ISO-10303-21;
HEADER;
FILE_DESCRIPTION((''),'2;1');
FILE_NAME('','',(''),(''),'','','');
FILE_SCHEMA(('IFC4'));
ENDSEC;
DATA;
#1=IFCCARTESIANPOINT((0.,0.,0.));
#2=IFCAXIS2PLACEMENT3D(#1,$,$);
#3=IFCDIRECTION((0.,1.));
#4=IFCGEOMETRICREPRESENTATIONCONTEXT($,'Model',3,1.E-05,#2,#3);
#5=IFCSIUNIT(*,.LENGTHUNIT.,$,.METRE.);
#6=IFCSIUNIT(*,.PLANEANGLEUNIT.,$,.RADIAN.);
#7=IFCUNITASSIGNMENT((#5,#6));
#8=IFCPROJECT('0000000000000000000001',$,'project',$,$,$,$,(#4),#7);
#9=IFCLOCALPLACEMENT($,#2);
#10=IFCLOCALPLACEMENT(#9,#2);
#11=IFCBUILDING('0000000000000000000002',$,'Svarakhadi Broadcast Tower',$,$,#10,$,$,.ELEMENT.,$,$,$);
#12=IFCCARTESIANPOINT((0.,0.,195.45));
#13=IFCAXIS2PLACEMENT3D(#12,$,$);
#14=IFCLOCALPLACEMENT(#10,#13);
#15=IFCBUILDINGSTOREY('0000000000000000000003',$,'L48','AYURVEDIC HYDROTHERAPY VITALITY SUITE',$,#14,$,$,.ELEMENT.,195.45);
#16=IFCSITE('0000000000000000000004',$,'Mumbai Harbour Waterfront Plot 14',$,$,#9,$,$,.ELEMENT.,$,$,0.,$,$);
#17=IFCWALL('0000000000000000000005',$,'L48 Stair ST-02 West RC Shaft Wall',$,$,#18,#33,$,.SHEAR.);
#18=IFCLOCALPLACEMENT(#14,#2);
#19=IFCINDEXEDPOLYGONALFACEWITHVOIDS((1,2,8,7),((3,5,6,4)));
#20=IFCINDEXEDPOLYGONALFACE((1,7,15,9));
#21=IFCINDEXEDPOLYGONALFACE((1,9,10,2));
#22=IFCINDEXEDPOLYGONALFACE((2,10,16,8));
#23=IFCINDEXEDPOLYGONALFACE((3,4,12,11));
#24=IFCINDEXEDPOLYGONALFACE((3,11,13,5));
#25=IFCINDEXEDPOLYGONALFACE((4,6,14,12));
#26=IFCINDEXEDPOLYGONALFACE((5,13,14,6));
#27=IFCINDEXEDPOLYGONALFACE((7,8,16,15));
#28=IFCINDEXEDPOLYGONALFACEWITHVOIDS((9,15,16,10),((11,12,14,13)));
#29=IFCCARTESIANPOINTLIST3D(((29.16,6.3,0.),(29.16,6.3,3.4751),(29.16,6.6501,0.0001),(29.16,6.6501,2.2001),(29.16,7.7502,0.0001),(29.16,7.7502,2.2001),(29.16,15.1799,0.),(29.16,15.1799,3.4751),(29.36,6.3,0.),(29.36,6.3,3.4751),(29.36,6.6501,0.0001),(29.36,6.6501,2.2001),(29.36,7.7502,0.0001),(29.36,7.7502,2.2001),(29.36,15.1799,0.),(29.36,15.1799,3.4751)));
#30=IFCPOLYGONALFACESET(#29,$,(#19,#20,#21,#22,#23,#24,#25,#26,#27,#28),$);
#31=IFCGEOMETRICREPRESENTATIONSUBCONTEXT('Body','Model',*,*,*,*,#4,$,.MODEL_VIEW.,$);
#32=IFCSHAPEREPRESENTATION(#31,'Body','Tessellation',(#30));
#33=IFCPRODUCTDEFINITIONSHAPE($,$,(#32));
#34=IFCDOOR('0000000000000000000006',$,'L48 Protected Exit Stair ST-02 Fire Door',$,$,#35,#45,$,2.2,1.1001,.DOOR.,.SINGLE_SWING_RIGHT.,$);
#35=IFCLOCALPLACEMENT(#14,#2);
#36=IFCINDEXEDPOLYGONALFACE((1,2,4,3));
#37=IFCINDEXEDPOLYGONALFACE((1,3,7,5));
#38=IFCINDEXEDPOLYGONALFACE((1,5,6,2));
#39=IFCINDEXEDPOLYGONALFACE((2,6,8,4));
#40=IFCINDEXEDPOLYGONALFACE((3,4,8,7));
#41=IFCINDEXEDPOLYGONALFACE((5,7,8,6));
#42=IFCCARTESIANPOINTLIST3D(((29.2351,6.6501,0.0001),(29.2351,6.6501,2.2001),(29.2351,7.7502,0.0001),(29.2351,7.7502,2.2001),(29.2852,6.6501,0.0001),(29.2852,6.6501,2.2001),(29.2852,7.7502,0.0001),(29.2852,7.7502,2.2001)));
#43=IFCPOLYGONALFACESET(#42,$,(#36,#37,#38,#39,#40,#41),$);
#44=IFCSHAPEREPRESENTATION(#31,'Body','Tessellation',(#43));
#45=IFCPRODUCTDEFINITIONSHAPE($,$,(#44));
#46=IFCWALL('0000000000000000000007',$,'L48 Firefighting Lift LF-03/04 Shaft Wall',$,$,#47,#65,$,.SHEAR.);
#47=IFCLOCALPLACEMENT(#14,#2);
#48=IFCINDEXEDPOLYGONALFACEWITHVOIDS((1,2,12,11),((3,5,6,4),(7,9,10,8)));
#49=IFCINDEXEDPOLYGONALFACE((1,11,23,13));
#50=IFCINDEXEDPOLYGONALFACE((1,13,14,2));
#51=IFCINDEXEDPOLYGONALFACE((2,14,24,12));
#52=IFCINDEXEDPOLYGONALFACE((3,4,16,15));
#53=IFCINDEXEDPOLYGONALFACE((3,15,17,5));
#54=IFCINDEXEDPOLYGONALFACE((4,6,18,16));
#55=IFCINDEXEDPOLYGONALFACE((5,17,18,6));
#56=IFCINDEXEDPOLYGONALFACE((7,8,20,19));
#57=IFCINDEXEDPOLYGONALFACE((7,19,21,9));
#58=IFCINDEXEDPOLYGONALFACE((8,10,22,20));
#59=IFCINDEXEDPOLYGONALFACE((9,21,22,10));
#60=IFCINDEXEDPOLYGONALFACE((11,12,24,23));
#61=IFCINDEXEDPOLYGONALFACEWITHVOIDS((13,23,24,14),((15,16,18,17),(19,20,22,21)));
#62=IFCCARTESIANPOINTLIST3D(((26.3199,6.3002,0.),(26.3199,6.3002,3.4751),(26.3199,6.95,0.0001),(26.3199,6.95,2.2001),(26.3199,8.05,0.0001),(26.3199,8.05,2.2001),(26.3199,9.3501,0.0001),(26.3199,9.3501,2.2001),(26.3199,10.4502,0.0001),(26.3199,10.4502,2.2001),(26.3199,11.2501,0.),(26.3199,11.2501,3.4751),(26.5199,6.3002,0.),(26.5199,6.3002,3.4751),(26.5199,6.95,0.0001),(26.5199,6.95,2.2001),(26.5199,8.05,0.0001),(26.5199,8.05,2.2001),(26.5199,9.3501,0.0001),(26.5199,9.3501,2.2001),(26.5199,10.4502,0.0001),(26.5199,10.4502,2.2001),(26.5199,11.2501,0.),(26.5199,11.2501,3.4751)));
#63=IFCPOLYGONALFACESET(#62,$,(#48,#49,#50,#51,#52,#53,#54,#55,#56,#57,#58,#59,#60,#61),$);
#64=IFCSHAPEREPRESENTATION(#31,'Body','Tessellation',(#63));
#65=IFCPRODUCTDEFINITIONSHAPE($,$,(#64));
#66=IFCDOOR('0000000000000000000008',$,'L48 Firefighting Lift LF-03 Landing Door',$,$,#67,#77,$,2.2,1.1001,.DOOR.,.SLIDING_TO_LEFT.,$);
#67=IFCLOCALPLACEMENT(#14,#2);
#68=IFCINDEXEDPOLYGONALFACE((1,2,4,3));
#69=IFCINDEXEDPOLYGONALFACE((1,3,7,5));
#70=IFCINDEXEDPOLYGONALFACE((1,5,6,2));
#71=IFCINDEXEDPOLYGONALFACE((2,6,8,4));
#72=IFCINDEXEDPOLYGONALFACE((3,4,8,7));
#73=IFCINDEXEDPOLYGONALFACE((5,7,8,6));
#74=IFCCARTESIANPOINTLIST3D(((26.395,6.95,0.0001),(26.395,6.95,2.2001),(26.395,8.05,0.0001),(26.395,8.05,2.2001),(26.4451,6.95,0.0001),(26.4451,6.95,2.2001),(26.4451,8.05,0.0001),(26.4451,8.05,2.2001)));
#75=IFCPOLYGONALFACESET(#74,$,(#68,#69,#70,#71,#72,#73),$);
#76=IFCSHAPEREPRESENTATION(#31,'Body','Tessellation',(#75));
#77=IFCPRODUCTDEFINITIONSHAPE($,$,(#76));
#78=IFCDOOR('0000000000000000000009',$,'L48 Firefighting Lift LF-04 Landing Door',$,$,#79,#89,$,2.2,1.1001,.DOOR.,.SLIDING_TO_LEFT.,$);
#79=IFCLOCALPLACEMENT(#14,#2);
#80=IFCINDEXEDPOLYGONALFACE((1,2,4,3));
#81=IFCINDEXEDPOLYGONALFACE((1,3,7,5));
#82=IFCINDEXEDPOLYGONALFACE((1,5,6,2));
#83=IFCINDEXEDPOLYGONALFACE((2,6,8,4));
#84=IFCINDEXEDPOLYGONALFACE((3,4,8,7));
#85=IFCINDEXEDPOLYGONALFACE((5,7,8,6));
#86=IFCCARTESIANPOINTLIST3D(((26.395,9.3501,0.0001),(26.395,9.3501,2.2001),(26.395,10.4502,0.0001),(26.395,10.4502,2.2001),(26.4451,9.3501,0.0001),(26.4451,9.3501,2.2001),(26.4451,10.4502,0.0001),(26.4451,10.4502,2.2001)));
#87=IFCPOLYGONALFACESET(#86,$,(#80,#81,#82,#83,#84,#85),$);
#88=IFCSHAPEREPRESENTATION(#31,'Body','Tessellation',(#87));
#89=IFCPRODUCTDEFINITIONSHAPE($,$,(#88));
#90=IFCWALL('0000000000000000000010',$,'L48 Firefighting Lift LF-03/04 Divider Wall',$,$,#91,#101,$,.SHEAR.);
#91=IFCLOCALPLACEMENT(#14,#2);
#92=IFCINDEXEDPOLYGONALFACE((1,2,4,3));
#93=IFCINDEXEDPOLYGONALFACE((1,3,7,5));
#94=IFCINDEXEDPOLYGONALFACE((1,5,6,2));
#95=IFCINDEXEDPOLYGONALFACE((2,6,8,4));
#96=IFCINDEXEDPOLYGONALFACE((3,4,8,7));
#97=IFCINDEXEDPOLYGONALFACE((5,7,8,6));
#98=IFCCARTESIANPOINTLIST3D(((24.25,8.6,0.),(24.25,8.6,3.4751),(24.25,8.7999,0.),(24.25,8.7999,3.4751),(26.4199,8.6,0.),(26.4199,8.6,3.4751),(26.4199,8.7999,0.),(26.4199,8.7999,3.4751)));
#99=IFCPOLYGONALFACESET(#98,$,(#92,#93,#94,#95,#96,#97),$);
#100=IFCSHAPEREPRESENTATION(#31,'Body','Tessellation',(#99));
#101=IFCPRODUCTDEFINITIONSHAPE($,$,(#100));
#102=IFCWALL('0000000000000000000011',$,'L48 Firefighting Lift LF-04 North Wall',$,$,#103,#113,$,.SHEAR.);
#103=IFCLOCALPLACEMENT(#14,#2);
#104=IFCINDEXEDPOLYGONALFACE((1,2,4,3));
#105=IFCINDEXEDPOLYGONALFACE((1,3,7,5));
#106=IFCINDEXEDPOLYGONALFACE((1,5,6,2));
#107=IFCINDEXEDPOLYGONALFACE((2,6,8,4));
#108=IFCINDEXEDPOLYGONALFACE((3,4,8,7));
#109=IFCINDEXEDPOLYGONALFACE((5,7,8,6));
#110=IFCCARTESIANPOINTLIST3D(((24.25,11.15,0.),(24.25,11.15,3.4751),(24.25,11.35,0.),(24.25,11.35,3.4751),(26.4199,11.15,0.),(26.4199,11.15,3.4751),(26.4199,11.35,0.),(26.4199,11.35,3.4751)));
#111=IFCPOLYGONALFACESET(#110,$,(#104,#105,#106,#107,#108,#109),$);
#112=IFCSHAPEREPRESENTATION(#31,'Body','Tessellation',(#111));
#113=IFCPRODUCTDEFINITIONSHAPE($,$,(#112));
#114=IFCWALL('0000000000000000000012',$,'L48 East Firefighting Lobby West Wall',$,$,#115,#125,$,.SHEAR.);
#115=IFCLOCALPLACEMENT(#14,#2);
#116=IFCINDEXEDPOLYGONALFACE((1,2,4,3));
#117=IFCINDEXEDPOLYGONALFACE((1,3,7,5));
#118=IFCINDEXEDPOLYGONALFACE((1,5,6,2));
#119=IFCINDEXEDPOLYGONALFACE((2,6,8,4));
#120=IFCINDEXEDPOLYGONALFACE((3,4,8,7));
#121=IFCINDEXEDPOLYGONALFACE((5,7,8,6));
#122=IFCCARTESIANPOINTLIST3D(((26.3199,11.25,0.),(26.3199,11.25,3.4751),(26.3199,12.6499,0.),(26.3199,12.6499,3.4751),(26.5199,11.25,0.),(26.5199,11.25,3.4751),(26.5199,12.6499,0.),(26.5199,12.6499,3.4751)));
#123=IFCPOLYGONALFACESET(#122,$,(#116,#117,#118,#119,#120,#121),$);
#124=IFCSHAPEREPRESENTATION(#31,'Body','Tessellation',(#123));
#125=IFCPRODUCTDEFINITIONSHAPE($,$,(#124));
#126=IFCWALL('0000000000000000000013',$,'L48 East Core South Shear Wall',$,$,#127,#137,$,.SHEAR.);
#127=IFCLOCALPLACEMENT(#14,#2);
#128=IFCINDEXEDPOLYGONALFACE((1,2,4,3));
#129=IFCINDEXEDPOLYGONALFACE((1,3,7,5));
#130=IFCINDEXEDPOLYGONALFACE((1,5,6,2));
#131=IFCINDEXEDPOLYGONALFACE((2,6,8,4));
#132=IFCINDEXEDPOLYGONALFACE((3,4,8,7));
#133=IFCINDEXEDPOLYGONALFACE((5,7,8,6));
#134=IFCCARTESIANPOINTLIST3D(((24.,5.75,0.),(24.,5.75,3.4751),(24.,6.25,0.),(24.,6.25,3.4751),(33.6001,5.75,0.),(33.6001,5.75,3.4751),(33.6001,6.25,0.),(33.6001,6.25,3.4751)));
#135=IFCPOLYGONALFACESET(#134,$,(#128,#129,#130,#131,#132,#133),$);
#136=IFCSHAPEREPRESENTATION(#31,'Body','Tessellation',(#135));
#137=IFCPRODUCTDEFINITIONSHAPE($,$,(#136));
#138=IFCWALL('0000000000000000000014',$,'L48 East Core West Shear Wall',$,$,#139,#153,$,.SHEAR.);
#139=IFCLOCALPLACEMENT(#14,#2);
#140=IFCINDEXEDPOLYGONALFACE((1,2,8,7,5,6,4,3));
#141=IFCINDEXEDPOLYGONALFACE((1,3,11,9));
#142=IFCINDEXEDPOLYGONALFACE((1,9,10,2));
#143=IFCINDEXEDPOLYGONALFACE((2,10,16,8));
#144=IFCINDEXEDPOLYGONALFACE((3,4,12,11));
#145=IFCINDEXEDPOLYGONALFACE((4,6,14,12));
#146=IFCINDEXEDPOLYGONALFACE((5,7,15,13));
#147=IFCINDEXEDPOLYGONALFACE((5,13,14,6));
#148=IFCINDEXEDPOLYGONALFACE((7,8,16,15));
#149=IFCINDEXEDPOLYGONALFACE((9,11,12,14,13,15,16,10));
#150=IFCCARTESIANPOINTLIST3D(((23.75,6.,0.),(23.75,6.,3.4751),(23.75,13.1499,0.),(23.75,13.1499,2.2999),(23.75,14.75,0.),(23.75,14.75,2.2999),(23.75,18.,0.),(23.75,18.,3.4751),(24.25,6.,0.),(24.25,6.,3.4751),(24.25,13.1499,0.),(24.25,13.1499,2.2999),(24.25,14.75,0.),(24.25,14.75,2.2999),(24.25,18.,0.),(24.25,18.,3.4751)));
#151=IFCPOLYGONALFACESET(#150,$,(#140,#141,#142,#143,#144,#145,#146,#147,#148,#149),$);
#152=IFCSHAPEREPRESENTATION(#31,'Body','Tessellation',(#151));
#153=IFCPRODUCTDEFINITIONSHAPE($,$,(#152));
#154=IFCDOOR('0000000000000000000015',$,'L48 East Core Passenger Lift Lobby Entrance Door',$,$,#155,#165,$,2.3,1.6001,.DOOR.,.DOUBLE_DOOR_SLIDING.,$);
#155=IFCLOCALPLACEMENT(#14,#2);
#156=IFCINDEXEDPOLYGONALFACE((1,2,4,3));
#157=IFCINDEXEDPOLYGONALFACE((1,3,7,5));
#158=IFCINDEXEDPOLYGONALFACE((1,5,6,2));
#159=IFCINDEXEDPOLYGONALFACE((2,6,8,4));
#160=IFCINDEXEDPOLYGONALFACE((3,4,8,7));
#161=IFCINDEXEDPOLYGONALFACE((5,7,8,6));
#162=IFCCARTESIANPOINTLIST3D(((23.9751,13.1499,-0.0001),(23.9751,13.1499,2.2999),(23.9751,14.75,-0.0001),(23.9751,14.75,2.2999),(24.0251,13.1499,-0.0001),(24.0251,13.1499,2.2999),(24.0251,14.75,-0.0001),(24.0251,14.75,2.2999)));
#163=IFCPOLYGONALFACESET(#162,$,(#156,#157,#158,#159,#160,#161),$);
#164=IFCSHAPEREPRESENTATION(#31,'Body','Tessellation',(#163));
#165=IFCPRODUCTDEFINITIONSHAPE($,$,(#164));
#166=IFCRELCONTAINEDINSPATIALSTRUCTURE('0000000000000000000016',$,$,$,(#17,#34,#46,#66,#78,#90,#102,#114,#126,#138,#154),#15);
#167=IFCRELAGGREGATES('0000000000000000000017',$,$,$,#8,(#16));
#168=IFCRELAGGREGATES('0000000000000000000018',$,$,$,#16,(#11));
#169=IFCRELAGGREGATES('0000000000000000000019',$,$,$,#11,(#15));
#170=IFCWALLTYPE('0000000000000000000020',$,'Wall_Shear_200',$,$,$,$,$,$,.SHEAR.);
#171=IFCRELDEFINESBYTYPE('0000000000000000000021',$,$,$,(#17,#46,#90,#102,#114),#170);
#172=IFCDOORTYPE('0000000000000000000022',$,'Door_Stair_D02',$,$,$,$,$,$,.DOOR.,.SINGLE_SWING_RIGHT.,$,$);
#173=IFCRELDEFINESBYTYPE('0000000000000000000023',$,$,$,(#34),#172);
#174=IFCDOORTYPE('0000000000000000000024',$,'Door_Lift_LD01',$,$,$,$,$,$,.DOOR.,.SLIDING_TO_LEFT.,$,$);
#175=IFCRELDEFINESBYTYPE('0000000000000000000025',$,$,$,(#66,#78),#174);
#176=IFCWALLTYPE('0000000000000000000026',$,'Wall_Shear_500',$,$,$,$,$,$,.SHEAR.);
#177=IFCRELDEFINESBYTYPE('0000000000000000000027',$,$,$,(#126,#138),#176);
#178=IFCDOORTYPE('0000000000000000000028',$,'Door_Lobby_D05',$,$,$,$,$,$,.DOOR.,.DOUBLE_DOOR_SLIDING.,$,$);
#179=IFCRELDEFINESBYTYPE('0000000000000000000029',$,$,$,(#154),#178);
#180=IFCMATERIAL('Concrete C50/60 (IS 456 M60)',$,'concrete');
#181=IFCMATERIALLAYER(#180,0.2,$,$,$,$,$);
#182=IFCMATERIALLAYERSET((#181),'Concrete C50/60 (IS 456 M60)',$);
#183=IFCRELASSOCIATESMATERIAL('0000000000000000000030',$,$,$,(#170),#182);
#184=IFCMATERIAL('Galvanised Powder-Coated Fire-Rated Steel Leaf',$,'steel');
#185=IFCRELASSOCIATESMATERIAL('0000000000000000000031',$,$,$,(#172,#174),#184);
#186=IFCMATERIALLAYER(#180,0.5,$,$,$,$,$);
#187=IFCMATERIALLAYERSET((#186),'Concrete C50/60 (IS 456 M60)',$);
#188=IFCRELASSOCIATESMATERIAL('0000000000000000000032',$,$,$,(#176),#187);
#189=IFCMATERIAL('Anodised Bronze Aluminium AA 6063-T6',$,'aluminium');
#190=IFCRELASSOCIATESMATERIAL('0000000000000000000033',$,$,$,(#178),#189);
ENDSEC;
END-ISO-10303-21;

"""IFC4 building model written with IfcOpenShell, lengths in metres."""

from ifc_helpers import new_model, si_unit, direction, frame, frame_2d, origin, place, context, subcontext, project, spatial, rectangle, extrude, material, layer, layer_set, type_object, element, fill, save


model = new_model("IFC4")

# Units and contexts
model_context = context("Model", 3, precision=1e-05, world=origin(), true_north=direction((0.0, 1.0)))
body_context = subcontext(model_context, "Body", "Model", "MODEL_VIEW")
ifc_project = project(units=[si_unit("LENGTHUNIT", "METRE"), si_unit("PLANEANGLEUNIT", "RADIAN")], contexts=[model_context])

# Site, building, storey
site_placement = place(None, origin())
site = spatial("IfcSite", under=ifc_project, at=site_placement, Name="Mumbai Harbour Waterfront Plot 14", CompositionType="ELEMENT", RefElevation=0.0)
building_placement = place(site_placement, origin())
building = spatial("IfcBuilding", under=site, at=building_placement, Name="Svarakhadi Broadcast Tower", CompositionType="ELEMENT")
storey_placement = place(building_placement, frame((0.0, 0.0, 195.45)))
storey = spatial("IfcBuildingStorey", under=building, at=storey_placement, Name="L48", Description="AYURVEDIC HYDROTHERAPY VITALITY SUITE", CompositionType="ELEMENT", Elevation=195.45)

# Shared definitions
ifc_material_1 = material(Name="Concrete C50/60 (IS 456 M60)", Category="concrete")

# Wall, opening, door
ifc_layer_1 = layer(ifc_material_1, 0.2)
ifc_layer_set_1 = layer_set([ifc_layer_1], Name="Concrete C50/60 (IS 456 M60)")
wall_type_1 = type_object("IfcWallType", Name="Wall_Shear_200", PredefinedType="SHEAR", material=ifc_layer_set_1)
wall_1_placement = place(storey_placement, frame((29.26, 6.3, 0.0), z_axis=(0.0, 0.0, 1.0), x_axis=(0.0, 1.0, 0.0)))
wall_1 = element("IfcWall", 1, at=wall_1_placement, inside=storey, type_object=wall_type_1, Name="L48 Stair ST-02 West RC Shaft Wall", PredefinedType="SHEAR", context=body_context, shape_type="SweptSolid", body=[
    extrude(rectangle(XDim=8.8799, YDim=0.2, at=frame_2d((4.4399, 0.0))), origin(), (0.0, 0.0, 1.0), 3.4751),
])
opening_1_placement = place(wall_1_placement, frame((0.3501, 0.0, 0.0)))
opening_1 = element("IfcOpeningElement", 2, at=opening_1_placement, cuts=wall_1, PredefinedType="OPENING", context=body_context, shape_type="SweptSolid", body=[
    extrude(rectangle(XDim=1.1001, YDim=2.2, at=frame_2d((0.55, 1.1001))), frame((0.0, 0.1099, 0.0), z_axis=(0.0, -1.0, 0.0), x_axis=(1.0, 0.0, 0.0)), (0.0, 0.0, 1.0), 0.22),
])
ifc_material_2 = material(Name="Galvanised Powder-Coated Fire-Rated Steel Leaf", Category="steel")
door_type_1 = type_object("IfcDoorType", Name="Door_Stair_D02", OperationType="SINGLE_SWING_RIGHT", PredefinedType="DOOR", material=ifc_material_2)
door_1_placement = place(opening_1_placement, origin())
door_1 = element("IfcDoor", 3, at=door_1_placement, inside=storey, type_object=door_type_1, Name="L48 Protected Exit Stair ST-02 Fire Door", OperationType="SINGLE_SWING_RIGHT", OverallHeight=2.2, OverallWidth=1.1001, PredefinedType="DOOR", context=body_context, shape_type="SweptSolid", body=[
    extrude(rectangle(XDim=1.1001, YDim=2.2, at=frame_2d((0.55, 1.1001))), frame((0.0, 0.0249, 0.0), z_axis=(0.0, -1.0, 0.0), x_axis=(1.0, 0.0, 0.0)), (0.0, 0.0, 1.0), 0.05),
])
fill(opening_1, door_1)

# Wall, openings, doors
wall_2_placement = place(storey_placement, frame((26.4199, 6.3, 0.0), z_axis=(0.0, 0.0, 1.0), x_axis=(0.0, 1.0, 0.0)))
wall_2 = element("IfcWall", 4, at=wall_2_placement, inside=storey, type_object=wall_type_1, Name="L48 Firefighting Lift LF-03/04 Shaft Wall", PredefinedType="SHEAR", context=body_context, shape_type="SweptSolid", body=[
    extrude(rectangle(XDim=4.95, YDim=0.2, at=frame_2d((2.4751, 0.0))), origin(), (0.0, 0.0, 1.0), 3.4751),
])
opening_2_placement = place(wall_2_placement, frame((0.6499, 0.0, 0.0)))
opening_2 = element("IfcOpeningElement", 5, at=opening_2_placement, cuts=wall_2, PredefinedType="OPENING", context=body_context, shape_type="SweptSolid", body=[
    extrude(rectangle(XDim=1.1001, YDim=2.2, at=frame_2d((0.55, 1.1001))), frame((0.0, 0.1099, 0.0), z_axis=(0.0, -1.0, 0.0), x_axis=(1.0, 0.0, 0.0)), (0.0, 0.0, 1.0), 0.22),
])
opening_3_placement = place(wall_2_placement, frame((3.05, 0.0, 0.0)))
opening_3 = element("IfcOpeningElement", 6, at=opening_3_placement, cuts=wall_2, PredefinedType="OPENING", context=body_context, shape_type="SweptSolid", body=[
    extrude(rectangle(XDim=1.1001, YDim=2.2, at=frame_2d((0.55, 1.1001))), frame((0.0, 0.1099, 0.0), z_axis=(0.0, -1.0, 0.0), x_axis=(1.0, 0.0, 0.0)), (0.0, 0.0, 1.0), 0.22),
])
door_type_2 = type_object("IfcDoorType", Name="Door_Lift_LD01", OperationType="SLIDING_TO_LEFT", PredefinedType="DOOR", material=ifc_material_2)
door_2_placement = place(opening_2_placement, origin())
door_2 = element("IfcDoor", 7, at=door_2_placement, inside=storey, type_object=door_type_2, Name="L48 Firefighting Lift LF-03 Landing Door", OperationType="SLIDING_TO_LEFT", OverallHeight=2.2, OverallWidth=1.1001, PredefinedType="DOOR", context=body_context, shape_type="SweptSolid", body=[
    extrude(rectangle(XDim=1.1001, YDim=2.2, at=frame_2d((0.55, 1.1001))), frame((0.0, 0.0249, 0.0), z_axis=(0.0, -1.0, 0.0), x_axis=(1.0, 0.0, 0.0)), (0.0, 0.0, 1.0), 0.05),
])
fill(opening_2, door_2)
door_3_placement = place(opening_3_placement, origin())
door_3 = element("IfcDoor", 8, at=door_3_placement, inside=storey, type_object=door_type_2, Name="L48 Firefighting Lift LF-04 Landing Door", OperationType="SLIDING_TO_LEFT", OverallHeight=2.2, OverallWidth=1.1001, PredefinedType="DOOR", context=body_context, shape_type="SweptSolid", body=[
    extrude(rectangle(XDim=1.1001, YDim=2.2, at=frame_2d((0.55, 1.1001))), frame((0.0, 0.0249, 0.0), z_axis=(0.0, -1.0, 0.0), x_axis=(1.0, 0.0, 0.0)), (0.0, 0.0, 1.0), 0.05),
])
fill(opening_3, door_3)

# Walls
for number, where, z_axis, x_axis, name in (
    (9, (24.25, 8.7, 0.0), (0.0, 0.0, 1.0), (1.0, 0.0, 0.0), "L48 Firefighting Lift LF-03/04 Divider Wall"),
    (10, (24.25, 11.25, 0.0), (0.0, 0.0, 1.0), (1.0, 0.0, 0.0), "L48 Firefighting Lift LF-04 North Wall"),
):
    element("IfcWall", number, at=place(storey_placement, frame(where, z_axis=z_axis, x_axis=x_axis)), inside=storey, type_object=wall_type_1, Name=name, PredefinedType="SHEAR", context=body_context, shape_type="SweptSolid", body=[
        extrude(rectangle(XDim=2.1699, YDim=0.2, at=frame_2d((1.085, 0.0))), origin(), (0.0, 0.0, 1.0), 3.4751),
    ])
wall_3_placement = place(storey_placement, frame((26.4199, 11.25, 0.0), z_axis=(0.0, 0.0, 1.0), x_axis=(0.0, 1.0, 0.0)))
element("IfcWall", 11, at=wall_3_placement, inside=storey, type_object=wall_type_1, Name="L48 East Firefighting Lobby West Wall", PredefinedType="SHEAR", context=body_context, shape_type="SweptSolid", body=[
    extrude(rectangle(XDim=1.3999, YDim=0.2, at=frame_2d((0.7, 0.0))), origin(), (0.0, 0.0, 1.0), 3.4751),
])
ifc_layer_2 = layer(ifc_material_1, 0.5)
ifc_layer_set_2 = layer_set([ifc_layer_2], Name="Concrete C50/60 (IS 456 M60)")
wall_type_2 = type_object("IfcWallType", Name="Wall_Shear_500", PredefinedType="SHEAR", material=ifc_layer_set_2)
wall_4_placement = place(storey_placement, frame((24.0, 6.0, 0.0), z_axis=(0.0, 0.0, 1.0), x_axis=(1.0, 0.0, 0.0)))
element("IfcWall", 12, at=wall_4_placement, inside=storey, type_object=wall_type_2, Name="L48 East Core South Shear Wall", PredefinedType="SHEAR", context=body_context, shape_type="SweptSolid", body=[
    extrude(rectangle(XDim=9.6001, YDim=0.5, at=frame_2d((4.8, 0.0))), origin(), (0.0, 0.0, 1.0), 3.4751),
])

# Wall, opening, door
wall_5_placement = place(storey_placement, frame((24.0, 6.0, 0.0), z_axis=(0.0, 0.0, 1.0), x_axis=(0.0, 1.0, 0.0)))
wall_5 = element("IfcWall", 13, at=wall_5_placement, inside=storey, type_object=wall_type_2, Name="L48 East Core West Shear Wall", PredefinedType="SHEAR", context=body_context, shape_type="SweptSolid", body=[
    extrude(rectangle(XDim=12.0, YDim=0.5, at=frame_2d((6.0, 0.0))), origin(), (0.0, 0.0, 1.0), 3.4751),
])
opening_4_placement = place(wall_5_placement, frame((7.1499, 0.0, 0.0)))
opening_4 = element("IfcOpeningElement", 14, at=opening_4_placement, cuts=wall_5, PredefinedType="OPENING", context=body_context, shape_type="SweptSolid", body=[
    extrude(rectangle(XDim=1.6001, YDim=2.3, at=frame_2d((0.8, 1.1499))), frame((0.0, 0.26, 0.0), z_axis=(0.0, -1.0, 0.0), x_axis=(1.0, 0.0, 0.0)), (0.0, 0.0, 1.0), 0.52),
])
ifc_material_3 = material(Name="Anodised Bronze Aluminium AA 6063-T6", Category="aluminium")
door_type_3 = type_object("IfcDoorType", Name="Door_Lobby_D05", OperationType="DOUBLE_DOOR_SLIDING", PredefinedType="DOOR", material=ifc_material_3)
door_4_placement = place(opening_4_placement, origin())
door_4 = element("IfcDoor", 15, at=door_4_placement, inside=storey, type_object=door_type_3, Name="L48 East Core Passenger Lift Lobby Entrance Door", OperationType="DOUBLE_DOOR_SLIDING", OverallHeight=2.3, OverallWidth=1.6001, PredefinedType="DOOR", context=body_context, shape_type="SweptSolid", body=[
    extrude(rectangle(XDim=1.6001, YDim=2.3, at=frame_2d((0.8, 1.1499))), frame((0.0, 0.0249, 0.0), z_axis=(0.0, -1.0, 0.0), x_axis=(1.0, 0.0, 0.0)), (0.0, 0.0, 1.0), 0.05),
])
fill(opening_4, door_4)

save(model, "model.ifc")
